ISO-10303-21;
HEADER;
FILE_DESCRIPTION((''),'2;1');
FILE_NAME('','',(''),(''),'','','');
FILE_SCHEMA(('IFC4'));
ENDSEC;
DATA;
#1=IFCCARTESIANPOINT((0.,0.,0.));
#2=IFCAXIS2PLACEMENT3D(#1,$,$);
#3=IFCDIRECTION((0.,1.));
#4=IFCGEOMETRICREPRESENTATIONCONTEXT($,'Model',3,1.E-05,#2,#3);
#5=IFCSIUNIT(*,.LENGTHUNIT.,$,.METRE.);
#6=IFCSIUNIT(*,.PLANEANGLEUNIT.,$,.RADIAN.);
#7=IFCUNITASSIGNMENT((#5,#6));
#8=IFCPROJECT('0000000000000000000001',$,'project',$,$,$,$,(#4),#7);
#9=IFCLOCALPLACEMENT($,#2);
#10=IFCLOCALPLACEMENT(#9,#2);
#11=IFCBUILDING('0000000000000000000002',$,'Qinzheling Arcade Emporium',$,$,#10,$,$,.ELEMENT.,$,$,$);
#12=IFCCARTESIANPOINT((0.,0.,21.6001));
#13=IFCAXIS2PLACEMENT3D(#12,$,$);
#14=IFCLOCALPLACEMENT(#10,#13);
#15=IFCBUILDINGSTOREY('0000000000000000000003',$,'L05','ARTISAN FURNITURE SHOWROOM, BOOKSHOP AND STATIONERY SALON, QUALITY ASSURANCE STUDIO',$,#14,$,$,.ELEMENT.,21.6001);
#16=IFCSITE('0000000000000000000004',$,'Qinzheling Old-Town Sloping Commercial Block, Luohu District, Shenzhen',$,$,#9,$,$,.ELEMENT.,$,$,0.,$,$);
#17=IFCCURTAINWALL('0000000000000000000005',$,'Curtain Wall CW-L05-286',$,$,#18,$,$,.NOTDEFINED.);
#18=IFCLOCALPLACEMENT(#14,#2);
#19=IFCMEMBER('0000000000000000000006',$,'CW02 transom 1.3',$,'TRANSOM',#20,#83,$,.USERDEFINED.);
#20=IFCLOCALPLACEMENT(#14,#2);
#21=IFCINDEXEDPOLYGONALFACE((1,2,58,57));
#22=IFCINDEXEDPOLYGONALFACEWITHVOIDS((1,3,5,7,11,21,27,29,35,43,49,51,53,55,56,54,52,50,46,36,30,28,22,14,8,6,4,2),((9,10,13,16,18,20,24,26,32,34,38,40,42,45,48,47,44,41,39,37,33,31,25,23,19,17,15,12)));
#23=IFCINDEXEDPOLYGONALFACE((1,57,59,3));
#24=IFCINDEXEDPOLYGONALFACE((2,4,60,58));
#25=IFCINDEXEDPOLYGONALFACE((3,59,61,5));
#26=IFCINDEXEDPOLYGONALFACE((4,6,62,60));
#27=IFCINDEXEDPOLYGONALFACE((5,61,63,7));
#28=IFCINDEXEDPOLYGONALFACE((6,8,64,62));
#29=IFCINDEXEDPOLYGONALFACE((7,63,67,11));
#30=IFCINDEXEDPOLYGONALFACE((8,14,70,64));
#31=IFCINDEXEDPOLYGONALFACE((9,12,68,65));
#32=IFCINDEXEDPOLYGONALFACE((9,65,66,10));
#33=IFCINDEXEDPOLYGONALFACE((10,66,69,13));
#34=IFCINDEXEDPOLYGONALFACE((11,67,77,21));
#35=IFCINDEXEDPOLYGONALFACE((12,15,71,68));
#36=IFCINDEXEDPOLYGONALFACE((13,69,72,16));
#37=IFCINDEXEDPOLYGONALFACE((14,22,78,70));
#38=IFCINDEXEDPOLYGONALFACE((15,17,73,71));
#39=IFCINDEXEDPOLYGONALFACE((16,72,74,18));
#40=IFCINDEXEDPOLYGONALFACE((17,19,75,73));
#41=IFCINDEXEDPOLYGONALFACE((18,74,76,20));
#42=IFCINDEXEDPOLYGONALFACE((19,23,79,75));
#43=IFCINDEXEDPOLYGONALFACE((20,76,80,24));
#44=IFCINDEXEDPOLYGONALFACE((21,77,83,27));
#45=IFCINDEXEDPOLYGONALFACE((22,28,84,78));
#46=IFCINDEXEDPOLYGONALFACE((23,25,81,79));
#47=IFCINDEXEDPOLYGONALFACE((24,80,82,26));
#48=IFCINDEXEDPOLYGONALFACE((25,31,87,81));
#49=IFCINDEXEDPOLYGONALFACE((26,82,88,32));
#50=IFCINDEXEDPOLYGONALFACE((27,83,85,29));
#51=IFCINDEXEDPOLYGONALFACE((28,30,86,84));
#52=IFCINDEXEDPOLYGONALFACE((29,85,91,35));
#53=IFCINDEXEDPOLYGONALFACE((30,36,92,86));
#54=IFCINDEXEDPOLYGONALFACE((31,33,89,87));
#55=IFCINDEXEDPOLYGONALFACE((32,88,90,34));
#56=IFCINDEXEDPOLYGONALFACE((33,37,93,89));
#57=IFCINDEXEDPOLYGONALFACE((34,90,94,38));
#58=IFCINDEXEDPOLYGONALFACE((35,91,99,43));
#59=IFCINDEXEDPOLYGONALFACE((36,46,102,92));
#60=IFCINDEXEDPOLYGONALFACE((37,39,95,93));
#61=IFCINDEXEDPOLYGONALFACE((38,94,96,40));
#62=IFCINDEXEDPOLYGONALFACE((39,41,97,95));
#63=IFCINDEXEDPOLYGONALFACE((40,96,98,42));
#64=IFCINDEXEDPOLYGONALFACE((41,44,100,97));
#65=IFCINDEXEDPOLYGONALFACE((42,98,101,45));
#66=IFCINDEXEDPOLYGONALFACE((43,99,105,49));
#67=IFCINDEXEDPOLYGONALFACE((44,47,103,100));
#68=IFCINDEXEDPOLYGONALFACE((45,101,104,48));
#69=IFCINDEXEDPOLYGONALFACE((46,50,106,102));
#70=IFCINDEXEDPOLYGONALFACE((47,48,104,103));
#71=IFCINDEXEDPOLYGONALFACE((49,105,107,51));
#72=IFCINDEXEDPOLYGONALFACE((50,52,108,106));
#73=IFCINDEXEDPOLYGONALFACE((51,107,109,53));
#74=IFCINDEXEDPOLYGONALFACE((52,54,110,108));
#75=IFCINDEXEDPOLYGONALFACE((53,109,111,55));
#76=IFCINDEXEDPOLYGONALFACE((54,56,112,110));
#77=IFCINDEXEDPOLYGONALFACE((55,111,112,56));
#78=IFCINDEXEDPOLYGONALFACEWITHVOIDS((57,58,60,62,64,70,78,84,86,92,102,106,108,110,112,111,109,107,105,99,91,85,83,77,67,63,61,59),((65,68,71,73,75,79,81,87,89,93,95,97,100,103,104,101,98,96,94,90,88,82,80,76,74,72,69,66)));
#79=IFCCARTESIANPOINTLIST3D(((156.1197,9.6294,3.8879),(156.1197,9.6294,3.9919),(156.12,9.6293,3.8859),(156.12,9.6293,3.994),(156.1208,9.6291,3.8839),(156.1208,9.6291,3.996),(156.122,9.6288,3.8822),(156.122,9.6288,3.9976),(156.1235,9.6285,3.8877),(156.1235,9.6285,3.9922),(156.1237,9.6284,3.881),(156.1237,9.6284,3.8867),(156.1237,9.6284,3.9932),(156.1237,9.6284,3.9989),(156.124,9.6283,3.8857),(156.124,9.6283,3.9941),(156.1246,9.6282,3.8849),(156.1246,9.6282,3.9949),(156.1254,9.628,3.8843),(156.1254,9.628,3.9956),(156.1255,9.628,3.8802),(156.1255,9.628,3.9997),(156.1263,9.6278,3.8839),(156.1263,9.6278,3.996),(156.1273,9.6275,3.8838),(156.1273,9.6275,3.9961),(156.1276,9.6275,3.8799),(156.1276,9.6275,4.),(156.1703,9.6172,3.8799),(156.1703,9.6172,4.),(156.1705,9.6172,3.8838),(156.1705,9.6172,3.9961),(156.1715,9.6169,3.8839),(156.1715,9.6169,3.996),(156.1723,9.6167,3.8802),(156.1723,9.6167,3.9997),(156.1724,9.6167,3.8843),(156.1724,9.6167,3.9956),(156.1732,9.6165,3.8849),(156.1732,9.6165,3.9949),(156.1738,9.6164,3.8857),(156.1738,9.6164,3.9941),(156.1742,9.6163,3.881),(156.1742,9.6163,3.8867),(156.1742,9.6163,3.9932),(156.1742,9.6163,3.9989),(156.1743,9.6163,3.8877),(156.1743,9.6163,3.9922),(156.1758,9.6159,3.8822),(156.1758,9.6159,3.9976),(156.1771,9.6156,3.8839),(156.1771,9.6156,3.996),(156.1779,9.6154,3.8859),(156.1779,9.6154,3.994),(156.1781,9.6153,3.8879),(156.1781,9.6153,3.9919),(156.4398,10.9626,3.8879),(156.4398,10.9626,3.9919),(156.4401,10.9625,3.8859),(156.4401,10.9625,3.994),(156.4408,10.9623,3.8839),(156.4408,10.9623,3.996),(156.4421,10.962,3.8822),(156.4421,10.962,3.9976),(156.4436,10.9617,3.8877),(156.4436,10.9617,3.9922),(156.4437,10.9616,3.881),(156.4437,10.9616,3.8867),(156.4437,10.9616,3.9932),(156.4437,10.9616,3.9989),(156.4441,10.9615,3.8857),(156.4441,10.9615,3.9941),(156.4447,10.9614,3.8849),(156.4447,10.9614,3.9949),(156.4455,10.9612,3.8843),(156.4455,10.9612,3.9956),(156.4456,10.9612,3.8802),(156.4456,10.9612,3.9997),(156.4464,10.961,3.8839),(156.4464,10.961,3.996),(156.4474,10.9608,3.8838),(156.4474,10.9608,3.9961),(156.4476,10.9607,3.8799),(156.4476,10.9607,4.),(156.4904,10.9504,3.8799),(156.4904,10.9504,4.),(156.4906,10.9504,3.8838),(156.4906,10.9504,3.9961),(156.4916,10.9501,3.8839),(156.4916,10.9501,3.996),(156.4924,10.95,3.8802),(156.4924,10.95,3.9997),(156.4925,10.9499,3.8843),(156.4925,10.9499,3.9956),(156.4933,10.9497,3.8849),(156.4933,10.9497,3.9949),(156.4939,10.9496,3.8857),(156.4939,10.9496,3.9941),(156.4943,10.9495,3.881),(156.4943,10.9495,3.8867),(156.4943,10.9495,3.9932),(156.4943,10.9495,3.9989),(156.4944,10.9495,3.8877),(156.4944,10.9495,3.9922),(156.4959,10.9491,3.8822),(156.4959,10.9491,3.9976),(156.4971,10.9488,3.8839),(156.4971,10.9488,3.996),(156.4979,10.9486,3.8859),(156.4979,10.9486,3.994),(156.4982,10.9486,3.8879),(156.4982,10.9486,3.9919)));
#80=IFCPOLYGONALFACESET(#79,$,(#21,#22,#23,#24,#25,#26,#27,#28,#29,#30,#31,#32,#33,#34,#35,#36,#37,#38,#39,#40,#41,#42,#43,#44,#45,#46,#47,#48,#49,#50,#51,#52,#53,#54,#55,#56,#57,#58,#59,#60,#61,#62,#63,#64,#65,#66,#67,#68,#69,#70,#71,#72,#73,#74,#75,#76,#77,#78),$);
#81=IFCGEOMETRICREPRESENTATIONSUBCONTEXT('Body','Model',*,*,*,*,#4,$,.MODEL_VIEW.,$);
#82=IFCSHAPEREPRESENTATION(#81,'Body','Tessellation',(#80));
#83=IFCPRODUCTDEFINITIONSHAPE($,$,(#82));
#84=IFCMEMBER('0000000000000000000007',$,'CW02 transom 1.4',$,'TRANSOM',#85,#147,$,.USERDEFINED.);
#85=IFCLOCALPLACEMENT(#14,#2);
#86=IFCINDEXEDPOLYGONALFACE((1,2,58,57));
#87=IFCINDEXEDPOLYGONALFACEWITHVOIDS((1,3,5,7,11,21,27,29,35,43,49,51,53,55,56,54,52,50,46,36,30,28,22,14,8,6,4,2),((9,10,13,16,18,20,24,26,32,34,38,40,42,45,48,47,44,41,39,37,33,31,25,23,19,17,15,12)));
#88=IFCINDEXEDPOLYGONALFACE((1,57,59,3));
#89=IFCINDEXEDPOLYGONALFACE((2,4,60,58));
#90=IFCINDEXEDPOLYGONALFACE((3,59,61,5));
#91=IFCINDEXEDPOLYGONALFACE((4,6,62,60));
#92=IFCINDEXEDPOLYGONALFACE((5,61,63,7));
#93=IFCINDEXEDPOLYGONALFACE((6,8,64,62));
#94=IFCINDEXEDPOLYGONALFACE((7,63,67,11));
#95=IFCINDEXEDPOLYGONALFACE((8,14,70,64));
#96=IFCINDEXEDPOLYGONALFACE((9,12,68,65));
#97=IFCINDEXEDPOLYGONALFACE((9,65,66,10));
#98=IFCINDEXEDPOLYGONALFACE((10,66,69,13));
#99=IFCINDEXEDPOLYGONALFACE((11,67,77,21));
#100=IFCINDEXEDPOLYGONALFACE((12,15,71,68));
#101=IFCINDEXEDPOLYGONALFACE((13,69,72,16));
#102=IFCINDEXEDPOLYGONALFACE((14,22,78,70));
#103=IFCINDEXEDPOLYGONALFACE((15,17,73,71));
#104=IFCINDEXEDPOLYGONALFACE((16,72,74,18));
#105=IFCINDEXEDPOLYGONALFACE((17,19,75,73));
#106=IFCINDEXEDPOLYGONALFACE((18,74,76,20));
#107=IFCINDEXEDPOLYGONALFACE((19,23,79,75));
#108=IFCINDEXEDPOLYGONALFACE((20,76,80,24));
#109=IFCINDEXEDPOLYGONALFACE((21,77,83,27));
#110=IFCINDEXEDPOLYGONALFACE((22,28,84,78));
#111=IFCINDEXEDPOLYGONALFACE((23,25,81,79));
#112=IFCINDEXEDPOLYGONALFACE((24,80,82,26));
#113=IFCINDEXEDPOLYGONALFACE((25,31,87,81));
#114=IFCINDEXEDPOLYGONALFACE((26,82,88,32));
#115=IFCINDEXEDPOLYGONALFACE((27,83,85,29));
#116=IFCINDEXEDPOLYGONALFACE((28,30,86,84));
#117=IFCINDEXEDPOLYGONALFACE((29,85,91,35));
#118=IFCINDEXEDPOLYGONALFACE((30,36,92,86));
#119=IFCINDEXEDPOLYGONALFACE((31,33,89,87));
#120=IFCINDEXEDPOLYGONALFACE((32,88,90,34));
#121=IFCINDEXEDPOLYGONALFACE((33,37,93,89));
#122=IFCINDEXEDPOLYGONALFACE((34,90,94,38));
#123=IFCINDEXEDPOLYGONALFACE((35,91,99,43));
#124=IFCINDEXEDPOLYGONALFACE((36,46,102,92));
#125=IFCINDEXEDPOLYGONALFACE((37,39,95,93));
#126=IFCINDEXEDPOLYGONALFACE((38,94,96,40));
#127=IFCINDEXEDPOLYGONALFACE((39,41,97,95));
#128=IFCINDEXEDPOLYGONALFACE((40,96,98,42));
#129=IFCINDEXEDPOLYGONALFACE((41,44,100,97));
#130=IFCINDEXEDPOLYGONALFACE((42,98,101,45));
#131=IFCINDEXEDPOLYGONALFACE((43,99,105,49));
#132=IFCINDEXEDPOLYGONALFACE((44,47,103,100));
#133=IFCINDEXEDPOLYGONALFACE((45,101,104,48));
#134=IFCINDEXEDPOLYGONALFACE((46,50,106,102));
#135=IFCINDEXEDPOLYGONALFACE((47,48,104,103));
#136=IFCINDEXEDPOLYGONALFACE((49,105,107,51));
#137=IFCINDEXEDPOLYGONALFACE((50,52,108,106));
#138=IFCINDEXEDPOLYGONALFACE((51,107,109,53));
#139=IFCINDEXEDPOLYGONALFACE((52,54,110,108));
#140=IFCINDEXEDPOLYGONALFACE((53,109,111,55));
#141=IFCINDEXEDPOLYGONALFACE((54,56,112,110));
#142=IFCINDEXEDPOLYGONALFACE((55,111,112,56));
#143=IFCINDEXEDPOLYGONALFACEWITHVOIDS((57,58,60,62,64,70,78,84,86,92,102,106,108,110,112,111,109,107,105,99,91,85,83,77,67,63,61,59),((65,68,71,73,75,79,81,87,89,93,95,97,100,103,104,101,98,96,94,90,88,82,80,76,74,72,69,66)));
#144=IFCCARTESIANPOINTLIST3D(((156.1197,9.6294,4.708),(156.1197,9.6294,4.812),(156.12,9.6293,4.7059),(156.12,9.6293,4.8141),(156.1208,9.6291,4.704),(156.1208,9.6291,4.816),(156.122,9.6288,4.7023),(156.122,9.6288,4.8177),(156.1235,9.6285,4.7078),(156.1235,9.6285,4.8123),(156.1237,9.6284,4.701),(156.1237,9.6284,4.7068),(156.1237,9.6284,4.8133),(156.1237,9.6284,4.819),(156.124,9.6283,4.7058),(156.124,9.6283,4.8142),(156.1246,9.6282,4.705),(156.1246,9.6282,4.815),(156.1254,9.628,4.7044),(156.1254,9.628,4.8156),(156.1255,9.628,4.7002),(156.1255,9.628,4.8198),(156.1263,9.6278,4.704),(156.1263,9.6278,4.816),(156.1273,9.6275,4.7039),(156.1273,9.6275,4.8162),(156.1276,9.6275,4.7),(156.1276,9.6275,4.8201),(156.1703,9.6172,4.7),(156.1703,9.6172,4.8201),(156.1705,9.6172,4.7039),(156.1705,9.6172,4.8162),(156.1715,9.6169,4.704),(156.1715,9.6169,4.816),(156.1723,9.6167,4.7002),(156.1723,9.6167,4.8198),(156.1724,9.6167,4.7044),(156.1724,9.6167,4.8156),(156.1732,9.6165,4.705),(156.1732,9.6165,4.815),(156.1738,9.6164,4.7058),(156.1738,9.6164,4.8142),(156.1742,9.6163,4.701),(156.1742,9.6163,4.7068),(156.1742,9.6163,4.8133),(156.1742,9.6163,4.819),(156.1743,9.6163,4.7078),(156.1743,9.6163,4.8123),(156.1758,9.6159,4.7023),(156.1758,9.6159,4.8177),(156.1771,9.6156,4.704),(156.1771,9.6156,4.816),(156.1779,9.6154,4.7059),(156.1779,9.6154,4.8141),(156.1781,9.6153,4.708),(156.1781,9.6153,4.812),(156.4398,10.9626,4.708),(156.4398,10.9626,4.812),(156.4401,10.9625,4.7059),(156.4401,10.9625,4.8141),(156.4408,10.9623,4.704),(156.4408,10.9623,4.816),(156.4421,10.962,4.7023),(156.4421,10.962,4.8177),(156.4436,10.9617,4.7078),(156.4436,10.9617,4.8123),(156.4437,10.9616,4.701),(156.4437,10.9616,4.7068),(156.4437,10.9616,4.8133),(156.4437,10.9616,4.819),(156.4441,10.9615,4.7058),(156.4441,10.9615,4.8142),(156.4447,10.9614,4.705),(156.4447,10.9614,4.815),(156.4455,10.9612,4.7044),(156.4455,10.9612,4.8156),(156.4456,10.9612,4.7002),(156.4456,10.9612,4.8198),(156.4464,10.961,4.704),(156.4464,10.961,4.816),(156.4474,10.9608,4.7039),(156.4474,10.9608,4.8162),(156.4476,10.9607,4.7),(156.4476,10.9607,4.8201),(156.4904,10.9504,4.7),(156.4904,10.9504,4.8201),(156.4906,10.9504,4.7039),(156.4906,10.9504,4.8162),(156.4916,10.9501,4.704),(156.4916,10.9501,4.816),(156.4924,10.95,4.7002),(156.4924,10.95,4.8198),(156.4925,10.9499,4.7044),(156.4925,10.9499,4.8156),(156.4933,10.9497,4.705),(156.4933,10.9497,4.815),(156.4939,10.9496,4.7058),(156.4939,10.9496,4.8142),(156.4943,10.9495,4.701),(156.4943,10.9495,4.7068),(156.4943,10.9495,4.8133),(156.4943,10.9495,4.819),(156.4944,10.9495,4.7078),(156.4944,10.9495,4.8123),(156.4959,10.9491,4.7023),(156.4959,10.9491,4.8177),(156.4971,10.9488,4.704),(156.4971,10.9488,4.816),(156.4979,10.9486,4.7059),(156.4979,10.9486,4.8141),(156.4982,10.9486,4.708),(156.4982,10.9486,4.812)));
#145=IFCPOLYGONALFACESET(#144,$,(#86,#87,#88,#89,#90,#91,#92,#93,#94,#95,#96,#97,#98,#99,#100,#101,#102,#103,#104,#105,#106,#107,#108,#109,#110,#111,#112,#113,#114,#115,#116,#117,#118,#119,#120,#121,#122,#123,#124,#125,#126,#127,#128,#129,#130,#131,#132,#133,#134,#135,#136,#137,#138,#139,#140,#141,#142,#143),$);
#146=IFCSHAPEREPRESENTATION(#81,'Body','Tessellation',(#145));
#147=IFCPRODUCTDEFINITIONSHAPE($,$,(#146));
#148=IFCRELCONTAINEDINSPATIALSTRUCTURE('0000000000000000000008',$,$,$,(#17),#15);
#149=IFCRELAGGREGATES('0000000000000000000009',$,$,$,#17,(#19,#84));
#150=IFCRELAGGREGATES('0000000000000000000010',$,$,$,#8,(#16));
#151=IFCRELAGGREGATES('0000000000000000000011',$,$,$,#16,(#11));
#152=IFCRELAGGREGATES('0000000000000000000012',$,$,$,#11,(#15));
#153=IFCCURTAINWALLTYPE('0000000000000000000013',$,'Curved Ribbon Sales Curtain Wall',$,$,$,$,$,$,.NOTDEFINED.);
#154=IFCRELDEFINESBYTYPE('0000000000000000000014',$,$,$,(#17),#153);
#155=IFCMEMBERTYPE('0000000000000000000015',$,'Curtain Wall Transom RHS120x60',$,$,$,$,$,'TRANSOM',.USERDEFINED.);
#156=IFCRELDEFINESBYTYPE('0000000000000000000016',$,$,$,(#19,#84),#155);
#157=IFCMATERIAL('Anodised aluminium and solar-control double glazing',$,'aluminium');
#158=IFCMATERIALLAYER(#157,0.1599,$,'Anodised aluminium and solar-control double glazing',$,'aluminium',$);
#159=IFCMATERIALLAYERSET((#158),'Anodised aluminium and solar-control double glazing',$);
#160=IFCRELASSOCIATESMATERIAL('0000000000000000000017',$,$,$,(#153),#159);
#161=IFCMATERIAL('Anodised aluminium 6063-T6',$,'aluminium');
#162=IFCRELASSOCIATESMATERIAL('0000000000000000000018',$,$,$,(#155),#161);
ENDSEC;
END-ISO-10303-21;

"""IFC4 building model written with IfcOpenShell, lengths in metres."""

from ifc_helpers import new_model, si_unit, direction, frame, origin, origin_2d, place, context, subcontext, project, spatial, hollow_rectangle, extrude, material, layer, layer_set, material_profile, profile_set, type_object, element, aggregate, save


model = new_model("IFC4")

# Units and contexts
model_context = context("Model", 3, precision=1e-05, world=origin(), true_north=direction((0.0, 1.0)))
body_context = subcontext(model_context, "Body", "Model", "MODEL_VIEW")
ifc_project = project(units=[si_unit("LENGTHUNIT", "METRE"), si_unit("PLANEANGLEUNIT", "RADIAN")], contexts=[model_context])

# Site, building, storey
site_placement = place(None, origin())
site = spatial("IfcSite", under=ifc_project, at=site_placement, Name="Qinzheling Old-Town Sloping Commercial Block, Luohu District, Shenzhen", CompositionType="ELEMENT", RefElevation=0.0)
building_placement = place(site_placement, origin())
building = spatial("IfcBuilding", under=site, at=building_placement, Name="Qinzheling Arcade Emporium", CompositionType="ELEMENT")
storey_placement = place(building_placement, frame((0.0, 0.0, 21.6001)))
storey = spatial("IfcBuildingStorey", under=building, at=storey_placement, Name="L05", Description="ARTISAN FURNITURE SHOWROOM, BOOKSHOP AND STATIONERY SALON, QUALITY ASSURANCE STUDIO", CompositionType="ELEMENT", Elevation=21.6001)

# Curtain wall
ifc_material_1 = material(Name="Anodised aluminium and solar-control double glazing", Category="aluminium")
ifc_layer_1 = layer(ifc_material_1, 0.1599, Name="Anodised aluminium and solar-control double glazing", Category="aluminium")
ifc_layer_set_1 = layer_set([ifc_layer_1], Name="Anodised aluminium and solar-control double glazing")
curtain_wall_type_1 = type_object("IfcCurtainWallType", Name="Curved Ribbon Sales Curtain Wall", PredefinedType="NOTDEFINED", material=ifc_layer_set_1)
curtain_wall_1_placement = place(storey_placement, origin())
curtain_wall_1 = element("IfcCurtainWall", 1, at=curtain_wall_1_placement, inside=storey, type_object=curtain_wall_type_1, Name="Curtain Wall CW-L05-286", PredefinedType="NOTDEFINED")
ifc_material_2 = material(Name="Anodised aluminium 6063-T6", Category="aluminium")

# Members
ifc_material_profile_1 = material_profile(ifc_material_2, hollow_rectangle(XDim=0.0601, YDim=0.1201, WallThickness=0.0039, InnerFilletRadius=0.0039, OuterFilletRadius=0.0081, at=origin_2d()), Name="RHS 120x60x4", Category="aluminium")
ifc_profile_set_1 = profile_set([ifc_material_profile_1], Name="Anodised aluminium 6063-T6")
member_type_1 = type_object("IfcMemberType", Name="Curtain Wall Transom RHS120x60", ElementType="TRANSOM", PredefinedType="USERDEFINED", material=ifc_profile_set_1)
member_1_placement = place(storey_placement, frame((156.469, 10.9556, 3.9399), z_axis=(-0.233434, -0.972373, 0.0), x_axis=(0.972373, -0.233434, 0.0)))
member_1 = element("IfcMember", 2, at=member_1_placement, type_object=member_type_1, Name="CW02 transom 1.3", ObjectType="TRANSOM", PredefinedType="USERDEFINED", context=body_context, shape_type="SweptSolid", body=[
    extrude(hollow_rectangle(XDim=0.0601, YDim=0.1201, WallThickness=0.0039, InnerFilletRadius=0.0039, OuterFilletRadius=0.0081, at=origin_2d()), origin(), (0.0, 0.0, 1.0), 1.3711),
])
member_2_placement = place(storey_placement, frame((156.469, 10.9556, 4.76), z_axis=(-0.233434, -0.972373, 0.0), x_axis=(0.972373, -0.233434, 0.0)))
member_2 = element("IfcMember", 3, at=member_2_placement, type_object=member_type_1, Name="CW02 transom 1.4", ObjectType="TRANSOM", PredefinedType="USERDEFINED", context=body_context, shape_type="SweptSolid", body=[
    extrude(hollow_rectangle(XDim=0.0601, YDim=0.1201, WallThickness=0.0039, InnerFilletRadius=0.0039, OuterFilletRadius=0.0081, at=origin_2d()), origin(), (0.0, 0.0, 1.0), 1.3711),
])

aggregate(curtain_wall_1, [member_1, member_2])

save(model, "model.ifc")
